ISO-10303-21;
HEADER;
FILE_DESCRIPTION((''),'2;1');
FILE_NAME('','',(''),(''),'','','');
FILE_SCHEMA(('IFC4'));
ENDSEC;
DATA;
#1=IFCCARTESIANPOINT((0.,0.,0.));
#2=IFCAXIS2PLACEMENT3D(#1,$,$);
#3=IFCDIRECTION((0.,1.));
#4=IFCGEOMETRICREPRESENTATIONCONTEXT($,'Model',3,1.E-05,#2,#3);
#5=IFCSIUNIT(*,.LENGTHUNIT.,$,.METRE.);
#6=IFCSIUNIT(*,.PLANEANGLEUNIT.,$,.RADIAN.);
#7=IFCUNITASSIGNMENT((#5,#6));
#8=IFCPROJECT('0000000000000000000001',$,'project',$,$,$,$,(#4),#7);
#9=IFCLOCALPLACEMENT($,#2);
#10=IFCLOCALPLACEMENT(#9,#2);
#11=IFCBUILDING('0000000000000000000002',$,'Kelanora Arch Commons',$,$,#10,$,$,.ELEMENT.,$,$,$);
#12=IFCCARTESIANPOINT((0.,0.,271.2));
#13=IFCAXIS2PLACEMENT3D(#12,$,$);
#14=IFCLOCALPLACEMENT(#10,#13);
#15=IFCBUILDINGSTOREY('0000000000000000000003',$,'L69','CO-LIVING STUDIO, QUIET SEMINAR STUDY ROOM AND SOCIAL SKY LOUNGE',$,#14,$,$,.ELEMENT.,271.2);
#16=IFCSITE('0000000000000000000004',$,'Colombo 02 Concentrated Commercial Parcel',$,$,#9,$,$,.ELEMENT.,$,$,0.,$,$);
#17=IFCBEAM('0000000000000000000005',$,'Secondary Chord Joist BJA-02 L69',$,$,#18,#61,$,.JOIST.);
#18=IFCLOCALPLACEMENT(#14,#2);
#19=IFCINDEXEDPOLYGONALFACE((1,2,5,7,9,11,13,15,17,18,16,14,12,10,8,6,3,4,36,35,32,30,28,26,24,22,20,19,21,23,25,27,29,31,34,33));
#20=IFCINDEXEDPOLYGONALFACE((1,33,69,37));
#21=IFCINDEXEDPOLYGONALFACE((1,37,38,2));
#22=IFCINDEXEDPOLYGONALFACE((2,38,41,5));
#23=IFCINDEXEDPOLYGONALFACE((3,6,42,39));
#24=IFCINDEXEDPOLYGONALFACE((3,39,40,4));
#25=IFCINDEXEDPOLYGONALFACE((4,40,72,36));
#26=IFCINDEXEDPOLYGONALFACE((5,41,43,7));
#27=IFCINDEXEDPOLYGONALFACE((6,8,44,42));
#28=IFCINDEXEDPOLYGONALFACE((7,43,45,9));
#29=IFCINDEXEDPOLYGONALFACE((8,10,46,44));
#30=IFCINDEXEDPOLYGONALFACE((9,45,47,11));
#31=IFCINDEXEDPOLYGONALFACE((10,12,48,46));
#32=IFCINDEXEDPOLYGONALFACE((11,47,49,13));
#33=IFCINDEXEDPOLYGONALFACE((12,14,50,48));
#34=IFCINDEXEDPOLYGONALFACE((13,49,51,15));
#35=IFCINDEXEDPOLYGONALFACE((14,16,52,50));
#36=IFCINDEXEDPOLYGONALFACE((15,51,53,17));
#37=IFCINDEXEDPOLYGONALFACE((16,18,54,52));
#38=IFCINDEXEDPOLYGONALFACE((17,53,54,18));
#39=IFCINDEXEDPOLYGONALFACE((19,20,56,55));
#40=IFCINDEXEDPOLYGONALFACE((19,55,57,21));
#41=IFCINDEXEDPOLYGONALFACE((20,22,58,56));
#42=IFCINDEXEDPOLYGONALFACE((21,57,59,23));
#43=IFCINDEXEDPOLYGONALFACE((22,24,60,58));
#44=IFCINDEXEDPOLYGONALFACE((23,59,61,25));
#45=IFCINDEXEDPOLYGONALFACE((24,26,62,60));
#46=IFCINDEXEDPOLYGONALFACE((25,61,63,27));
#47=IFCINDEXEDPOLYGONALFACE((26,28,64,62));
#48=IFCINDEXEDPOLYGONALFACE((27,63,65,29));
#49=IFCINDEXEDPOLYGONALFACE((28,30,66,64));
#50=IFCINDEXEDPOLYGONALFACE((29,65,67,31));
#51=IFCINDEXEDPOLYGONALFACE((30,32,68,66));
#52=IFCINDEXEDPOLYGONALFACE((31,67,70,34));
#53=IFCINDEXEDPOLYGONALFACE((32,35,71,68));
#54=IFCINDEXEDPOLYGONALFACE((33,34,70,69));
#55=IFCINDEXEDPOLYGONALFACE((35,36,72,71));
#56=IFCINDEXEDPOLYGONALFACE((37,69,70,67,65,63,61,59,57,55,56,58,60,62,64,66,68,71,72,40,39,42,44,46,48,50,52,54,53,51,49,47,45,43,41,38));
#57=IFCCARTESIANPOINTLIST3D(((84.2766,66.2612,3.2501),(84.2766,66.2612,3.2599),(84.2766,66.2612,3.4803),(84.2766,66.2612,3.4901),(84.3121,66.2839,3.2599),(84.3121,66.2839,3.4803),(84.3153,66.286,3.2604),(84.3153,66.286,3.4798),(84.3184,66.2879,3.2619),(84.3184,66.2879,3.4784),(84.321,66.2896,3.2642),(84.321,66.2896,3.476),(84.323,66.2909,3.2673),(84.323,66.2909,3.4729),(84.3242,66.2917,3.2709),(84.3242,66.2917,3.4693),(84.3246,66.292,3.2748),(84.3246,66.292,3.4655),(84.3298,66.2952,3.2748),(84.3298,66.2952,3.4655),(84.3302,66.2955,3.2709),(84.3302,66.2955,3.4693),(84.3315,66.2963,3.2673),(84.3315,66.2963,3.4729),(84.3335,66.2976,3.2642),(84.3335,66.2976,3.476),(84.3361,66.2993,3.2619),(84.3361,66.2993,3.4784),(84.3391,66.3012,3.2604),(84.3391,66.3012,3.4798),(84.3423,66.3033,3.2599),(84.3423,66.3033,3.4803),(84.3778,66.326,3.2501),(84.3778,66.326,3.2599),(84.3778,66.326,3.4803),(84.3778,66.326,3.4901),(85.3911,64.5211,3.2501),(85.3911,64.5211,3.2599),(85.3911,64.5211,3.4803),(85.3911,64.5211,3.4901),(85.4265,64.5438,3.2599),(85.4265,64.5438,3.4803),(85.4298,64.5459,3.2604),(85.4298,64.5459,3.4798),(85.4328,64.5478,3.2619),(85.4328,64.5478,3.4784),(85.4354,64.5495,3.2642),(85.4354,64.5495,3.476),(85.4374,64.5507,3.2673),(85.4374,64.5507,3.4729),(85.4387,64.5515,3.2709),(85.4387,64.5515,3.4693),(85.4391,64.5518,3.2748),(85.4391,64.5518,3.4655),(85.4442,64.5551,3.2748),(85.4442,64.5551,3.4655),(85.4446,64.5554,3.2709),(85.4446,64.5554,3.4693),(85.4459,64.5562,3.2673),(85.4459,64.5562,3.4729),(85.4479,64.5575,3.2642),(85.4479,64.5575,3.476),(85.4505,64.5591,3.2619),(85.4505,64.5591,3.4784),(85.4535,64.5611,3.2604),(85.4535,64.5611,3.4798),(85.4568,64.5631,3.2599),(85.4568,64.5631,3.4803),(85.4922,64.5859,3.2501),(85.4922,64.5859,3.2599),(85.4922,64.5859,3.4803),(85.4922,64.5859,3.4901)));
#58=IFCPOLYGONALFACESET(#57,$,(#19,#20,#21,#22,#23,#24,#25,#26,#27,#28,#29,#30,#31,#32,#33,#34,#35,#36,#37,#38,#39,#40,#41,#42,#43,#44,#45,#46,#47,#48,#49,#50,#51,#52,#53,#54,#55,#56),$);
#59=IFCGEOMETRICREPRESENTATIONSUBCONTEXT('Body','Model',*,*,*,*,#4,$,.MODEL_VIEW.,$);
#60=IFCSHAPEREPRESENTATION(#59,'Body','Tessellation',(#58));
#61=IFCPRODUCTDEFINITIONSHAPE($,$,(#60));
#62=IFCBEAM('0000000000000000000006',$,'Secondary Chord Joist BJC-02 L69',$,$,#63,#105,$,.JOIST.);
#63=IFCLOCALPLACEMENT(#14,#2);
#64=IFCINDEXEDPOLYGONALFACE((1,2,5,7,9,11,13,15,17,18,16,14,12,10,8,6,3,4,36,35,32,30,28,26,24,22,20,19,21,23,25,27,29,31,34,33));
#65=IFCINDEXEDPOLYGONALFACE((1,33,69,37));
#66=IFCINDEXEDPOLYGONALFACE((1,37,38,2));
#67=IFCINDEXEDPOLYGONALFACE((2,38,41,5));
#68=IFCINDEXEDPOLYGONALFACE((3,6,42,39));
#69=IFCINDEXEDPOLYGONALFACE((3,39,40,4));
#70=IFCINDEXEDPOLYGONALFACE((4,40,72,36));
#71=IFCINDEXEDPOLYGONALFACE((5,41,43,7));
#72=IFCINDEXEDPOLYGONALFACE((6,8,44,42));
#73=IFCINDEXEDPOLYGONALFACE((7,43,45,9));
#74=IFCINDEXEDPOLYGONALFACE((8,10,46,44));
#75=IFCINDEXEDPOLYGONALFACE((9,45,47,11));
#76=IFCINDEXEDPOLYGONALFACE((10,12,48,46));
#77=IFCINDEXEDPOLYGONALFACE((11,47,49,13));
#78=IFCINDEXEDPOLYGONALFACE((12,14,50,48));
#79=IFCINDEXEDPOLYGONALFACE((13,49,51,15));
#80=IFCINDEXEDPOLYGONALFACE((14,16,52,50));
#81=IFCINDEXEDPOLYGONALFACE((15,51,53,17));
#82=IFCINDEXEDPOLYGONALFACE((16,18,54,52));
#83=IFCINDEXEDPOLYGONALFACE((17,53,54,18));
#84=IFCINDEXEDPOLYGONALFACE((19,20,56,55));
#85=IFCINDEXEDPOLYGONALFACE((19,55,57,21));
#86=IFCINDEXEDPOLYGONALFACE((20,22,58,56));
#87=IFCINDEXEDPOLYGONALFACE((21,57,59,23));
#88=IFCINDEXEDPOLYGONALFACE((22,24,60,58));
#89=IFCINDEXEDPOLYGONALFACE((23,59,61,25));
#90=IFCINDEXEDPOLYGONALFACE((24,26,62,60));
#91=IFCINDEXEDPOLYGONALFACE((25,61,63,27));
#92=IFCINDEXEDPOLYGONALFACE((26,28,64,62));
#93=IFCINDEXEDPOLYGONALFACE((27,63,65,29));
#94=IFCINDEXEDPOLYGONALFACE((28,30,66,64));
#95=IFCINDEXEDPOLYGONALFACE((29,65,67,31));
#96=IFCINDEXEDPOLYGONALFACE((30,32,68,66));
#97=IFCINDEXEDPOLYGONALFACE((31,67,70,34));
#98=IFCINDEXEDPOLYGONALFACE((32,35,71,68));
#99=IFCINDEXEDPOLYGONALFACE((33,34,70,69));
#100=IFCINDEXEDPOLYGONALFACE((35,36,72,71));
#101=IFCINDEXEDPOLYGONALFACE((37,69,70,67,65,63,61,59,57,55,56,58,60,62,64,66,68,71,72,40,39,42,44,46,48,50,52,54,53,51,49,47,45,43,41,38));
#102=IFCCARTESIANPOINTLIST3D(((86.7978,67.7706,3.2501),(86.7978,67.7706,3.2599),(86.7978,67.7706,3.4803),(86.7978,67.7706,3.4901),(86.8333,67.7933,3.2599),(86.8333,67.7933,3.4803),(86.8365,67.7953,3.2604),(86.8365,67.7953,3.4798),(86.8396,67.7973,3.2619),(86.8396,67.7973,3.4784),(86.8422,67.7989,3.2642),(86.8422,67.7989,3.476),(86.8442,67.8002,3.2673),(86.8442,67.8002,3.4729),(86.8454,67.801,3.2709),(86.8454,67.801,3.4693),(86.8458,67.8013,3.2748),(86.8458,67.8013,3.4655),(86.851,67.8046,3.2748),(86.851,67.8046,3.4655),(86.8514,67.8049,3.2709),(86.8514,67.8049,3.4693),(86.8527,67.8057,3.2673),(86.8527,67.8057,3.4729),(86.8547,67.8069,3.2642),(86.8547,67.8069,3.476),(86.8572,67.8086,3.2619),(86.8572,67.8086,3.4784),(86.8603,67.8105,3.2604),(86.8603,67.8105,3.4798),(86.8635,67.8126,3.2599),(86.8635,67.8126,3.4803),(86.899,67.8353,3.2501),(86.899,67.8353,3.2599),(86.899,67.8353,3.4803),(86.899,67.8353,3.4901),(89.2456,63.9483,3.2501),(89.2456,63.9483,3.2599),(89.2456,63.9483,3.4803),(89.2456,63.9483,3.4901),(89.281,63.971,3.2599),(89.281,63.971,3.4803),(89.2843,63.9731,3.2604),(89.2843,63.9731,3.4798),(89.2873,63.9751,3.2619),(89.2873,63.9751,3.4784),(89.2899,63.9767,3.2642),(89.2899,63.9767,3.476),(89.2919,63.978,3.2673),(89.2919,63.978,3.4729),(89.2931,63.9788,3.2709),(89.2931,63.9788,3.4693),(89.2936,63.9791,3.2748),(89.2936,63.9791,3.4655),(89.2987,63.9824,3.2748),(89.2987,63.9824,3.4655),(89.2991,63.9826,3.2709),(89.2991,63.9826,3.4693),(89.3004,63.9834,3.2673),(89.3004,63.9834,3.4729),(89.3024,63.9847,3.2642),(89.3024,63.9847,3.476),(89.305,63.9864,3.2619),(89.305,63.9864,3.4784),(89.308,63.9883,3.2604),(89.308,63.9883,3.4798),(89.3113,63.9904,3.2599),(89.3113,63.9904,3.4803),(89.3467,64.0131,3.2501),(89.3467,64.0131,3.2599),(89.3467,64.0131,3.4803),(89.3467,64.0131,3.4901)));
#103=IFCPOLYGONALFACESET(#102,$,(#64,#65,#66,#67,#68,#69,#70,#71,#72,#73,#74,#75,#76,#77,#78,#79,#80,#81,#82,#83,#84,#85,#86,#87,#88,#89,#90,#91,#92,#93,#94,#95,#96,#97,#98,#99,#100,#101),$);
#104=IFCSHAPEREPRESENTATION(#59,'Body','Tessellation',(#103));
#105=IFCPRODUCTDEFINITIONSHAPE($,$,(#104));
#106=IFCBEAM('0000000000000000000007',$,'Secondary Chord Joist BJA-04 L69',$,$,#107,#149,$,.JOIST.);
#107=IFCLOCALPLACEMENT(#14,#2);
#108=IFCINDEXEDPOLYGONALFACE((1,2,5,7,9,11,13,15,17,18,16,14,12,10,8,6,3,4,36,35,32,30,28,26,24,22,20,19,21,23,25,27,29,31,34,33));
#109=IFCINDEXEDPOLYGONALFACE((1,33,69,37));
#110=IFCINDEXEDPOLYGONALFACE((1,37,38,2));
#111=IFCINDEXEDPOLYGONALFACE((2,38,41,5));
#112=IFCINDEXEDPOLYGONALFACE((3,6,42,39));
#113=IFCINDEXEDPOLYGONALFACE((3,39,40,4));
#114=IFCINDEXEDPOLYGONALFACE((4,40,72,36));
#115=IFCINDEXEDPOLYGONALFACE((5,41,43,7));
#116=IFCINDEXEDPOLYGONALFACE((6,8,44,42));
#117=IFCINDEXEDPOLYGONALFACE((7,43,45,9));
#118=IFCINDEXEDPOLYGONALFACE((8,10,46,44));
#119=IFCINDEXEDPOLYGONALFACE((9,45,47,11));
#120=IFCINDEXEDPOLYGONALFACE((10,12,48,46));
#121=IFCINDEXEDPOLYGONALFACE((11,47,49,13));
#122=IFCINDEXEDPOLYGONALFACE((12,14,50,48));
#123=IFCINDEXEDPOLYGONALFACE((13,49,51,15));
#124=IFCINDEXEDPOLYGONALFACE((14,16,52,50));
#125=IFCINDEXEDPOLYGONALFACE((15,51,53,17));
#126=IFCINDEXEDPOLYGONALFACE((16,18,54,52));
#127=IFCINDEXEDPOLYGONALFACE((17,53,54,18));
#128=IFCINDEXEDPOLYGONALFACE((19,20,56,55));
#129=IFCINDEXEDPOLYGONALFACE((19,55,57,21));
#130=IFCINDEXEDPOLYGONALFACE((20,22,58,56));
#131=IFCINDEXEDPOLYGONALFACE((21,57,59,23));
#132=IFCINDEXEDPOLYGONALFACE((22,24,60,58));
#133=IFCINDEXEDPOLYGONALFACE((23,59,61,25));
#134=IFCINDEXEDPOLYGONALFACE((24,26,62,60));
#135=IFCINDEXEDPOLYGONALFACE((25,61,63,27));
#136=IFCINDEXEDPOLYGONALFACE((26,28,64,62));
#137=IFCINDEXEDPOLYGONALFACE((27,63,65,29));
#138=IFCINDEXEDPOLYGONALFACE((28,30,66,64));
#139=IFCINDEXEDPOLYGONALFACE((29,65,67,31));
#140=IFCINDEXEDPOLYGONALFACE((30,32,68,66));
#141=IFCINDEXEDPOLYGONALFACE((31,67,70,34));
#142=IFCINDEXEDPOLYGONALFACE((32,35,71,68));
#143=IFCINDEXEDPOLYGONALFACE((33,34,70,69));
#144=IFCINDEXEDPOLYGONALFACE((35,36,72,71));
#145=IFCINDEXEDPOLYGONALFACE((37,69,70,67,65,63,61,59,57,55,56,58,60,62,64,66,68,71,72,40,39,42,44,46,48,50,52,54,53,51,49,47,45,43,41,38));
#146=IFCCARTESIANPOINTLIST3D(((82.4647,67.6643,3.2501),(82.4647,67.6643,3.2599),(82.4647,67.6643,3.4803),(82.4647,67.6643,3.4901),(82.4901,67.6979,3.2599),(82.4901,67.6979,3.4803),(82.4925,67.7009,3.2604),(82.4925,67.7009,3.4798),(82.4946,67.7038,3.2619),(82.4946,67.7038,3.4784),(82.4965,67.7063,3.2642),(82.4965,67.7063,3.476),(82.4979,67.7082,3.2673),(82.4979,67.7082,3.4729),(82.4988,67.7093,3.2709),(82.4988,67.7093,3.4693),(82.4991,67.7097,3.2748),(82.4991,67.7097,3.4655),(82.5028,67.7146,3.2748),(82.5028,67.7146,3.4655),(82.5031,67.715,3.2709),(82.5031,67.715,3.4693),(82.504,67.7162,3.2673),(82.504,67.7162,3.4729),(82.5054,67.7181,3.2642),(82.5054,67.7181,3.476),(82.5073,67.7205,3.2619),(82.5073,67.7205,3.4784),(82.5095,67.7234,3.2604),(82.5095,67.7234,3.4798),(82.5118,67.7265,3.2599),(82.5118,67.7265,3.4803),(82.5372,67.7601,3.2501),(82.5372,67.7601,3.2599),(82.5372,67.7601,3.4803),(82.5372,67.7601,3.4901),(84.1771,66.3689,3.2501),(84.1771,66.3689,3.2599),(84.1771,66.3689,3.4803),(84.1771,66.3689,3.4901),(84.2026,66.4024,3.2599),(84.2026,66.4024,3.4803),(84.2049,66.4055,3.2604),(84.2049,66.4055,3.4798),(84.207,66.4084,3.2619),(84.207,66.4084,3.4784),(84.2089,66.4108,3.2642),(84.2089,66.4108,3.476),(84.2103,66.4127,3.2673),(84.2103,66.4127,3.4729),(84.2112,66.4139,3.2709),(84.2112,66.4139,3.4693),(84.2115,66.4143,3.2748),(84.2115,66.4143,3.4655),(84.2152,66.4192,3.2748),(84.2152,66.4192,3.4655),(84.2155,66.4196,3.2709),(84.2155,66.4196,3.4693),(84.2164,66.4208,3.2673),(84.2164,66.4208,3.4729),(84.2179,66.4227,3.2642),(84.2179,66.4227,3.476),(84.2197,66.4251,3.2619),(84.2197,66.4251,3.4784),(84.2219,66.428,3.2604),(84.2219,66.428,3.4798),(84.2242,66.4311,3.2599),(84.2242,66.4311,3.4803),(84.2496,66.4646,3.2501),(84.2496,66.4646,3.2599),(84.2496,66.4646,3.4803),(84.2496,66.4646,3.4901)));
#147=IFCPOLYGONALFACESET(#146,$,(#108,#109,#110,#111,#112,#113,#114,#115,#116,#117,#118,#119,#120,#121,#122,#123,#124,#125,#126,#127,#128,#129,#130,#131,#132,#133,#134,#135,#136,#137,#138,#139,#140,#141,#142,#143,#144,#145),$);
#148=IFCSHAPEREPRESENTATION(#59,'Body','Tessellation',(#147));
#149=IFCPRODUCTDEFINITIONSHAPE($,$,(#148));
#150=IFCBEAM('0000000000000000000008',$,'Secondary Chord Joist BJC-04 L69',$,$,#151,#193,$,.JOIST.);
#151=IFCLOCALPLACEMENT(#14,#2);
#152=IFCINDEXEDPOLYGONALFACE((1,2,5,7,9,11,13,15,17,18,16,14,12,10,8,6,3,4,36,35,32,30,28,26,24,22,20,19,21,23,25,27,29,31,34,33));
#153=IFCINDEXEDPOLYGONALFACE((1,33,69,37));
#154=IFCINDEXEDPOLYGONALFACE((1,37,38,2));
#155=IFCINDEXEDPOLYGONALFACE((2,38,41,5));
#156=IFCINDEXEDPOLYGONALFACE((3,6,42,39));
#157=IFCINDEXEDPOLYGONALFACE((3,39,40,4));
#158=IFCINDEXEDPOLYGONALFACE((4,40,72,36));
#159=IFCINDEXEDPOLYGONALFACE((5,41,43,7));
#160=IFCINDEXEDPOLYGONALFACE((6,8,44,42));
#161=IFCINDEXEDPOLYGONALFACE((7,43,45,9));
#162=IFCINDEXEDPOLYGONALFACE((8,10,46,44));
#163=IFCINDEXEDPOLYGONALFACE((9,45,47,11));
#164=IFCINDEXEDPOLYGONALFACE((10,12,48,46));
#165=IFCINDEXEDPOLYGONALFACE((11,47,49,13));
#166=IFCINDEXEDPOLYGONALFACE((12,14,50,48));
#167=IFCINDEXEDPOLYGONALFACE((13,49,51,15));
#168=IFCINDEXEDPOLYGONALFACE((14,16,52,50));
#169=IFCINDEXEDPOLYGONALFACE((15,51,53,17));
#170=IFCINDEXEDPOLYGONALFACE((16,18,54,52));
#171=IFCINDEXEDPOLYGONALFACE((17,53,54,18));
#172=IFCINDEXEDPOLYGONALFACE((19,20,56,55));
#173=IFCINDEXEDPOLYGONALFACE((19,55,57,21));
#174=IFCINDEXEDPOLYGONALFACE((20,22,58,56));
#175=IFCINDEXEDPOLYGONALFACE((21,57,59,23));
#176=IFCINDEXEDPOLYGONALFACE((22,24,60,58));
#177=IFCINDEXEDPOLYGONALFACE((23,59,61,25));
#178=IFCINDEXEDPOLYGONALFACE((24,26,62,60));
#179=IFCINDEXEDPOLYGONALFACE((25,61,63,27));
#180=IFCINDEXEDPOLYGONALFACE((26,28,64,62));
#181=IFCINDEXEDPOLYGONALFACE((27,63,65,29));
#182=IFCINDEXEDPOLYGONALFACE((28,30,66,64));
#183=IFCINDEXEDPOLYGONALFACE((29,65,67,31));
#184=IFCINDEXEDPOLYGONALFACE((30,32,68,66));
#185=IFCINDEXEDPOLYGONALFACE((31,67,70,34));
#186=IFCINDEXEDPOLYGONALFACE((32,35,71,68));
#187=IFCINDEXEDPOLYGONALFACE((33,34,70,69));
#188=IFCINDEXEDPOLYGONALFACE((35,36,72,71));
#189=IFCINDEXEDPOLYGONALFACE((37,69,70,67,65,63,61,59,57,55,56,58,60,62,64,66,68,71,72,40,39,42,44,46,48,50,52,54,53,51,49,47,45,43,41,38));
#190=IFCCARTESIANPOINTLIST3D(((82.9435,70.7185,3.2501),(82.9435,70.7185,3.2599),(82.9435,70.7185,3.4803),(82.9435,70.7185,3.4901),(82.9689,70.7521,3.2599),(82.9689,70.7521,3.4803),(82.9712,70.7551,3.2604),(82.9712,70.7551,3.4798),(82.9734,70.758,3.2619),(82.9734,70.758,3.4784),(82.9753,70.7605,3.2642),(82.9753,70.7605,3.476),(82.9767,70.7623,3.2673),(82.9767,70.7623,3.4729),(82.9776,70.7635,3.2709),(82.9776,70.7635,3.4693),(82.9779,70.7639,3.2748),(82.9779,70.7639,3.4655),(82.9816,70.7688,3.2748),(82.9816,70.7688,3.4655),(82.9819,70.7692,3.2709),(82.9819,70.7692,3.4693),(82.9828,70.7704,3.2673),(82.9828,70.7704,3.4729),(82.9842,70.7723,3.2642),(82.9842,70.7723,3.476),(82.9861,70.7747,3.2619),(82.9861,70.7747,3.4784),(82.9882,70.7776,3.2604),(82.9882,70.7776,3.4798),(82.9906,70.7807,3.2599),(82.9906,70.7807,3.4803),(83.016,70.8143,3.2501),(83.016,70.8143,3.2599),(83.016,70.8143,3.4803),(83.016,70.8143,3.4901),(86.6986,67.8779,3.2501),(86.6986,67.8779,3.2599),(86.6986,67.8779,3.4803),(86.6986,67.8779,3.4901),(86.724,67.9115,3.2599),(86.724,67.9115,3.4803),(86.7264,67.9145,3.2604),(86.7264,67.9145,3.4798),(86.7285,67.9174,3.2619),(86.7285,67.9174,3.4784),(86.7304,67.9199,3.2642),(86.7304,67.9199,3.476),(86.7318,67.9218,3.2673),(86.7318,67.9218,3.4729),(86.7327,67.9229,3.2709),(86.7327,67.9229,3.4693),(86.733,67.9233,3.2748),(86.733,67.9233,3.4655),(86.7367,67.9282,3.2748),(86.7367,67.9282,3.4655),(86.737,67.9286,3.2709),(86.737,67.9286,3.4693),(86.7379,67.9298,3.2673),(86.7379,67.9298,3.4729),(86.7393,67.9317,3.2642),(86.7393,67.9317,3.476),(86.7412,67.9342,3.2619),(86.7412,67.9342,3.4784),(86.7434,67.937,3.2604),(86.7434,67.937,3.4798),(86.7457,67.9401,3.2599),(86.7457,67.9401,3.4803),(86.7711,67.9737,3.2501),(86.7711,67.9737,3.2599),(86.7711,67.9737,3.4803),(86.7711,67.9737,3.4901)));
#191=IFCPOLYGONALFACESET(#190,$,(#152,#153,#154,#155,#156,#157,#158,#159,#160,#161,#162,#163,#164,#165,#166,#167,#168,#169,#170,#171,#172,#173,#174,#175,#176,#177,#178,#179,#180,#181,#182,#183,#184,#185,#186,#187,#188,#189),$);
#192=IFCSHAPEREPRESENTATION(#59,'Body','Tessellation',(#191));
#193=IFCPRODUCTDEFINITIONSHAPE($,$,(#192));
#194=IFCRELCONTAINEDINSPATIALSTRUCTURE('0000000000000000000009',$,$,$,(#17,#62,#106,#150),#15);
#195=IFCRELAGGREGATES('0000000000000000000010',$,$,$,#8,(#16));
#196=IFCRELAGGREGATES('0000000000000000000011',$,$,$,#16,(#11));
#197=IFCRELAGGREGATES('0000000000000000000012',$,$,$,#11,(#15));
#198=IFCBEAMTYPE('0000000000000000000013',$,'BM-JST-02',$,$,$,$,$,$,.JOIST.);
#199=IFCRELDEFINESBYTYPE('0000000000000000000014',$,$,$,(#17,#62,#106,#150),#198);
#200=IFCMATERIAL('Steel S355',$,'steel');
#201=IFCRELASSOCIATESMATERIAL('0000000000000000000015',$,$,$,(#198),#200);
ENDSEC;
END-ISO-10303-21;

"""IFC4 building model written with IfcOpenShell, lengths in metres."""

from ifc_helpers import new_model, si_unit, direction, frame, origin, origin_2d, place, context, subcontext, project, spatial, i_section, extrude, material, material_profile, profile_set, type_object, element, save


model = new_model("IFC4")

# Units and contexts
model_context = context("Model", 3, precision=1e-05, world=origin(), true_north=direction((0.0, 1.0)))
body_context = subcontext(model_context, "Body", "Model", "MODEL_VIEW")
ifc_project = project(units=[si_unit("LENGTHUNIT", "METRE"), si_unit("PLANEANGLEUNIT", "RADIAN")], contexts=[model_context])

# Site, building, storey
site_placement = place(None, origin())
site = spatial("IfcSite", under=ifc_project, at=site_placement, Name="Colombo 02 Concentrated Commercial Parcel", CompositionType="ELEMENT", RefElevation=0.0)
building_placement = place(site_placement, origin())
building = spatial("IfcBuilding", under=site, at=building_placement, Name="Kelanora Arch Commons", CompositionType="ELEMENT")
storey_placement = place(building_placement, frame((0.0, 0.0, 271.2)))
storey = spatial("IfcBuildingStorey", under=building, at=storey_placement, Name="L69", Description="CO-LIVING STUDIO, QUIET SEMINAR STUDY ROOM AND SOCIAL SKY LOUNGE", CompositionType="ELEMENT", Elevation=271.2)

# Beams
ifc_material_1 = material(Name="Steel S355", Category="steel")
ifc_material_profile_1 = material_profile(ifc_material_1, i_section(OverallWidth=0.1201, OverallDepth=0.24, WebThickness=0.0061, FlangeThickness=0.0098, FilletRadius=0.0149, at=origin_2d()), Name="IPE240")
ifc_profile_set_1 = profile_set([ifc_material_profile_1], Name="Steel S355")
beam_type_1 = type_object("IfcBeamType", Name="BM-JST-02", PredefinedType="JOIST", material=ifc_profile_set_1)
beam_1_placement = place(storey_placement, frame((85.4417, 64.5535, 3.3701), z_axis=(-0.539312, 0.842106, 0.0), x_axis=(-0.842106, -0.539312, 0.0)))
element("IfcBeam", 1, at=beam_1_placement, inside=storey, type_object=beam_type_1, Name="Secondary Chord Joist BJA-02 L69", PredefinedType="JOIST", context=body_context, shape_type="SweptSolid", body=[
    extrude(i_section(OverallWidth=0.1201, OverallDepth=0.24, WebThickness=0.0061, FlangeThickness=0.0098, FilletRadius=0.0149, at=origin_2d()), origin(), (0.0, 0.0, 1.0), 2.0664),
])
beam_2_placement = place(storey_placement, frame((89.2961, 63.9807, 3.3701), z_axis=(-0.539289, 0.842121, 0.0), x_axis=(-0.842121, -0.539289, 0.0)))
element("IfcBeam", 2, at=beam_2_placement, inside=storey, type_object=beam_type_1, Name="Secondary Chord Joist BJC-02 L69", PredefinedType="JOIST", context=body_context, shape_type="SweptSolid", body=[
    extrude(i_section(OverallWidth=0.1201, OverallDepth=0.24, WebThickness=0.0061, FlangeThickness=0.0098, FilletRadius=0.0149, at=origin_2d()), origin(), (0.0, 0.0, 1.0), 4.5388),
])
beam_3_placement = place(storey_placement, frame((84.2134, 66.4167, 3.3701), z_axis=(-0.79751, 0.603306, 0.0), x_axis=(-0.603306, -0.79751, 0.0)))
element("IfcBeam", 3, at=beam_3_placement, inside=storey, type_object=beam_type_1, Name="Secondary Chord Joist BJA-04 L69", PredefinedType="JOIST", context=body_context, shape_type="SweptSolid", body=[
    extrude(i_section(OverallWidth=0.1201, OverallDepth=0.24, WebThickness=0.0061, FlangeThickness=0.0098, FilletRadius=0.0149, at=origin_2d()), origin(), (0.0, 0.0, 1.0), 2.1472),
])
beam_4_placement = place(storey_placement, frame((86.7349, 67.9258, 3.3701), z_axis=(-0.797523, 0.603289, 0.0), x_axis=(-0.603289, -0.797523, 0.0)))
element("IfcBeam", 4, at=beam_4_placement, inside=storey, type_object=beam_type_1, Name="Secondary Chord Joist BJC-04 L69", PredefinedType="JOIST", context=body_context, shape_type="SweptSolid", body=[
    extrude(i_section(OverallWidth=0.1201, OverallDepth=0.24, WebThickness=0.0061, FlangeThickness=0.0098, FilletRadius=0.0149, at=origin_2d()), origin(), (0.0, 0.0, 1.0), 4.7085),
])

save(model, "model.ifc")
